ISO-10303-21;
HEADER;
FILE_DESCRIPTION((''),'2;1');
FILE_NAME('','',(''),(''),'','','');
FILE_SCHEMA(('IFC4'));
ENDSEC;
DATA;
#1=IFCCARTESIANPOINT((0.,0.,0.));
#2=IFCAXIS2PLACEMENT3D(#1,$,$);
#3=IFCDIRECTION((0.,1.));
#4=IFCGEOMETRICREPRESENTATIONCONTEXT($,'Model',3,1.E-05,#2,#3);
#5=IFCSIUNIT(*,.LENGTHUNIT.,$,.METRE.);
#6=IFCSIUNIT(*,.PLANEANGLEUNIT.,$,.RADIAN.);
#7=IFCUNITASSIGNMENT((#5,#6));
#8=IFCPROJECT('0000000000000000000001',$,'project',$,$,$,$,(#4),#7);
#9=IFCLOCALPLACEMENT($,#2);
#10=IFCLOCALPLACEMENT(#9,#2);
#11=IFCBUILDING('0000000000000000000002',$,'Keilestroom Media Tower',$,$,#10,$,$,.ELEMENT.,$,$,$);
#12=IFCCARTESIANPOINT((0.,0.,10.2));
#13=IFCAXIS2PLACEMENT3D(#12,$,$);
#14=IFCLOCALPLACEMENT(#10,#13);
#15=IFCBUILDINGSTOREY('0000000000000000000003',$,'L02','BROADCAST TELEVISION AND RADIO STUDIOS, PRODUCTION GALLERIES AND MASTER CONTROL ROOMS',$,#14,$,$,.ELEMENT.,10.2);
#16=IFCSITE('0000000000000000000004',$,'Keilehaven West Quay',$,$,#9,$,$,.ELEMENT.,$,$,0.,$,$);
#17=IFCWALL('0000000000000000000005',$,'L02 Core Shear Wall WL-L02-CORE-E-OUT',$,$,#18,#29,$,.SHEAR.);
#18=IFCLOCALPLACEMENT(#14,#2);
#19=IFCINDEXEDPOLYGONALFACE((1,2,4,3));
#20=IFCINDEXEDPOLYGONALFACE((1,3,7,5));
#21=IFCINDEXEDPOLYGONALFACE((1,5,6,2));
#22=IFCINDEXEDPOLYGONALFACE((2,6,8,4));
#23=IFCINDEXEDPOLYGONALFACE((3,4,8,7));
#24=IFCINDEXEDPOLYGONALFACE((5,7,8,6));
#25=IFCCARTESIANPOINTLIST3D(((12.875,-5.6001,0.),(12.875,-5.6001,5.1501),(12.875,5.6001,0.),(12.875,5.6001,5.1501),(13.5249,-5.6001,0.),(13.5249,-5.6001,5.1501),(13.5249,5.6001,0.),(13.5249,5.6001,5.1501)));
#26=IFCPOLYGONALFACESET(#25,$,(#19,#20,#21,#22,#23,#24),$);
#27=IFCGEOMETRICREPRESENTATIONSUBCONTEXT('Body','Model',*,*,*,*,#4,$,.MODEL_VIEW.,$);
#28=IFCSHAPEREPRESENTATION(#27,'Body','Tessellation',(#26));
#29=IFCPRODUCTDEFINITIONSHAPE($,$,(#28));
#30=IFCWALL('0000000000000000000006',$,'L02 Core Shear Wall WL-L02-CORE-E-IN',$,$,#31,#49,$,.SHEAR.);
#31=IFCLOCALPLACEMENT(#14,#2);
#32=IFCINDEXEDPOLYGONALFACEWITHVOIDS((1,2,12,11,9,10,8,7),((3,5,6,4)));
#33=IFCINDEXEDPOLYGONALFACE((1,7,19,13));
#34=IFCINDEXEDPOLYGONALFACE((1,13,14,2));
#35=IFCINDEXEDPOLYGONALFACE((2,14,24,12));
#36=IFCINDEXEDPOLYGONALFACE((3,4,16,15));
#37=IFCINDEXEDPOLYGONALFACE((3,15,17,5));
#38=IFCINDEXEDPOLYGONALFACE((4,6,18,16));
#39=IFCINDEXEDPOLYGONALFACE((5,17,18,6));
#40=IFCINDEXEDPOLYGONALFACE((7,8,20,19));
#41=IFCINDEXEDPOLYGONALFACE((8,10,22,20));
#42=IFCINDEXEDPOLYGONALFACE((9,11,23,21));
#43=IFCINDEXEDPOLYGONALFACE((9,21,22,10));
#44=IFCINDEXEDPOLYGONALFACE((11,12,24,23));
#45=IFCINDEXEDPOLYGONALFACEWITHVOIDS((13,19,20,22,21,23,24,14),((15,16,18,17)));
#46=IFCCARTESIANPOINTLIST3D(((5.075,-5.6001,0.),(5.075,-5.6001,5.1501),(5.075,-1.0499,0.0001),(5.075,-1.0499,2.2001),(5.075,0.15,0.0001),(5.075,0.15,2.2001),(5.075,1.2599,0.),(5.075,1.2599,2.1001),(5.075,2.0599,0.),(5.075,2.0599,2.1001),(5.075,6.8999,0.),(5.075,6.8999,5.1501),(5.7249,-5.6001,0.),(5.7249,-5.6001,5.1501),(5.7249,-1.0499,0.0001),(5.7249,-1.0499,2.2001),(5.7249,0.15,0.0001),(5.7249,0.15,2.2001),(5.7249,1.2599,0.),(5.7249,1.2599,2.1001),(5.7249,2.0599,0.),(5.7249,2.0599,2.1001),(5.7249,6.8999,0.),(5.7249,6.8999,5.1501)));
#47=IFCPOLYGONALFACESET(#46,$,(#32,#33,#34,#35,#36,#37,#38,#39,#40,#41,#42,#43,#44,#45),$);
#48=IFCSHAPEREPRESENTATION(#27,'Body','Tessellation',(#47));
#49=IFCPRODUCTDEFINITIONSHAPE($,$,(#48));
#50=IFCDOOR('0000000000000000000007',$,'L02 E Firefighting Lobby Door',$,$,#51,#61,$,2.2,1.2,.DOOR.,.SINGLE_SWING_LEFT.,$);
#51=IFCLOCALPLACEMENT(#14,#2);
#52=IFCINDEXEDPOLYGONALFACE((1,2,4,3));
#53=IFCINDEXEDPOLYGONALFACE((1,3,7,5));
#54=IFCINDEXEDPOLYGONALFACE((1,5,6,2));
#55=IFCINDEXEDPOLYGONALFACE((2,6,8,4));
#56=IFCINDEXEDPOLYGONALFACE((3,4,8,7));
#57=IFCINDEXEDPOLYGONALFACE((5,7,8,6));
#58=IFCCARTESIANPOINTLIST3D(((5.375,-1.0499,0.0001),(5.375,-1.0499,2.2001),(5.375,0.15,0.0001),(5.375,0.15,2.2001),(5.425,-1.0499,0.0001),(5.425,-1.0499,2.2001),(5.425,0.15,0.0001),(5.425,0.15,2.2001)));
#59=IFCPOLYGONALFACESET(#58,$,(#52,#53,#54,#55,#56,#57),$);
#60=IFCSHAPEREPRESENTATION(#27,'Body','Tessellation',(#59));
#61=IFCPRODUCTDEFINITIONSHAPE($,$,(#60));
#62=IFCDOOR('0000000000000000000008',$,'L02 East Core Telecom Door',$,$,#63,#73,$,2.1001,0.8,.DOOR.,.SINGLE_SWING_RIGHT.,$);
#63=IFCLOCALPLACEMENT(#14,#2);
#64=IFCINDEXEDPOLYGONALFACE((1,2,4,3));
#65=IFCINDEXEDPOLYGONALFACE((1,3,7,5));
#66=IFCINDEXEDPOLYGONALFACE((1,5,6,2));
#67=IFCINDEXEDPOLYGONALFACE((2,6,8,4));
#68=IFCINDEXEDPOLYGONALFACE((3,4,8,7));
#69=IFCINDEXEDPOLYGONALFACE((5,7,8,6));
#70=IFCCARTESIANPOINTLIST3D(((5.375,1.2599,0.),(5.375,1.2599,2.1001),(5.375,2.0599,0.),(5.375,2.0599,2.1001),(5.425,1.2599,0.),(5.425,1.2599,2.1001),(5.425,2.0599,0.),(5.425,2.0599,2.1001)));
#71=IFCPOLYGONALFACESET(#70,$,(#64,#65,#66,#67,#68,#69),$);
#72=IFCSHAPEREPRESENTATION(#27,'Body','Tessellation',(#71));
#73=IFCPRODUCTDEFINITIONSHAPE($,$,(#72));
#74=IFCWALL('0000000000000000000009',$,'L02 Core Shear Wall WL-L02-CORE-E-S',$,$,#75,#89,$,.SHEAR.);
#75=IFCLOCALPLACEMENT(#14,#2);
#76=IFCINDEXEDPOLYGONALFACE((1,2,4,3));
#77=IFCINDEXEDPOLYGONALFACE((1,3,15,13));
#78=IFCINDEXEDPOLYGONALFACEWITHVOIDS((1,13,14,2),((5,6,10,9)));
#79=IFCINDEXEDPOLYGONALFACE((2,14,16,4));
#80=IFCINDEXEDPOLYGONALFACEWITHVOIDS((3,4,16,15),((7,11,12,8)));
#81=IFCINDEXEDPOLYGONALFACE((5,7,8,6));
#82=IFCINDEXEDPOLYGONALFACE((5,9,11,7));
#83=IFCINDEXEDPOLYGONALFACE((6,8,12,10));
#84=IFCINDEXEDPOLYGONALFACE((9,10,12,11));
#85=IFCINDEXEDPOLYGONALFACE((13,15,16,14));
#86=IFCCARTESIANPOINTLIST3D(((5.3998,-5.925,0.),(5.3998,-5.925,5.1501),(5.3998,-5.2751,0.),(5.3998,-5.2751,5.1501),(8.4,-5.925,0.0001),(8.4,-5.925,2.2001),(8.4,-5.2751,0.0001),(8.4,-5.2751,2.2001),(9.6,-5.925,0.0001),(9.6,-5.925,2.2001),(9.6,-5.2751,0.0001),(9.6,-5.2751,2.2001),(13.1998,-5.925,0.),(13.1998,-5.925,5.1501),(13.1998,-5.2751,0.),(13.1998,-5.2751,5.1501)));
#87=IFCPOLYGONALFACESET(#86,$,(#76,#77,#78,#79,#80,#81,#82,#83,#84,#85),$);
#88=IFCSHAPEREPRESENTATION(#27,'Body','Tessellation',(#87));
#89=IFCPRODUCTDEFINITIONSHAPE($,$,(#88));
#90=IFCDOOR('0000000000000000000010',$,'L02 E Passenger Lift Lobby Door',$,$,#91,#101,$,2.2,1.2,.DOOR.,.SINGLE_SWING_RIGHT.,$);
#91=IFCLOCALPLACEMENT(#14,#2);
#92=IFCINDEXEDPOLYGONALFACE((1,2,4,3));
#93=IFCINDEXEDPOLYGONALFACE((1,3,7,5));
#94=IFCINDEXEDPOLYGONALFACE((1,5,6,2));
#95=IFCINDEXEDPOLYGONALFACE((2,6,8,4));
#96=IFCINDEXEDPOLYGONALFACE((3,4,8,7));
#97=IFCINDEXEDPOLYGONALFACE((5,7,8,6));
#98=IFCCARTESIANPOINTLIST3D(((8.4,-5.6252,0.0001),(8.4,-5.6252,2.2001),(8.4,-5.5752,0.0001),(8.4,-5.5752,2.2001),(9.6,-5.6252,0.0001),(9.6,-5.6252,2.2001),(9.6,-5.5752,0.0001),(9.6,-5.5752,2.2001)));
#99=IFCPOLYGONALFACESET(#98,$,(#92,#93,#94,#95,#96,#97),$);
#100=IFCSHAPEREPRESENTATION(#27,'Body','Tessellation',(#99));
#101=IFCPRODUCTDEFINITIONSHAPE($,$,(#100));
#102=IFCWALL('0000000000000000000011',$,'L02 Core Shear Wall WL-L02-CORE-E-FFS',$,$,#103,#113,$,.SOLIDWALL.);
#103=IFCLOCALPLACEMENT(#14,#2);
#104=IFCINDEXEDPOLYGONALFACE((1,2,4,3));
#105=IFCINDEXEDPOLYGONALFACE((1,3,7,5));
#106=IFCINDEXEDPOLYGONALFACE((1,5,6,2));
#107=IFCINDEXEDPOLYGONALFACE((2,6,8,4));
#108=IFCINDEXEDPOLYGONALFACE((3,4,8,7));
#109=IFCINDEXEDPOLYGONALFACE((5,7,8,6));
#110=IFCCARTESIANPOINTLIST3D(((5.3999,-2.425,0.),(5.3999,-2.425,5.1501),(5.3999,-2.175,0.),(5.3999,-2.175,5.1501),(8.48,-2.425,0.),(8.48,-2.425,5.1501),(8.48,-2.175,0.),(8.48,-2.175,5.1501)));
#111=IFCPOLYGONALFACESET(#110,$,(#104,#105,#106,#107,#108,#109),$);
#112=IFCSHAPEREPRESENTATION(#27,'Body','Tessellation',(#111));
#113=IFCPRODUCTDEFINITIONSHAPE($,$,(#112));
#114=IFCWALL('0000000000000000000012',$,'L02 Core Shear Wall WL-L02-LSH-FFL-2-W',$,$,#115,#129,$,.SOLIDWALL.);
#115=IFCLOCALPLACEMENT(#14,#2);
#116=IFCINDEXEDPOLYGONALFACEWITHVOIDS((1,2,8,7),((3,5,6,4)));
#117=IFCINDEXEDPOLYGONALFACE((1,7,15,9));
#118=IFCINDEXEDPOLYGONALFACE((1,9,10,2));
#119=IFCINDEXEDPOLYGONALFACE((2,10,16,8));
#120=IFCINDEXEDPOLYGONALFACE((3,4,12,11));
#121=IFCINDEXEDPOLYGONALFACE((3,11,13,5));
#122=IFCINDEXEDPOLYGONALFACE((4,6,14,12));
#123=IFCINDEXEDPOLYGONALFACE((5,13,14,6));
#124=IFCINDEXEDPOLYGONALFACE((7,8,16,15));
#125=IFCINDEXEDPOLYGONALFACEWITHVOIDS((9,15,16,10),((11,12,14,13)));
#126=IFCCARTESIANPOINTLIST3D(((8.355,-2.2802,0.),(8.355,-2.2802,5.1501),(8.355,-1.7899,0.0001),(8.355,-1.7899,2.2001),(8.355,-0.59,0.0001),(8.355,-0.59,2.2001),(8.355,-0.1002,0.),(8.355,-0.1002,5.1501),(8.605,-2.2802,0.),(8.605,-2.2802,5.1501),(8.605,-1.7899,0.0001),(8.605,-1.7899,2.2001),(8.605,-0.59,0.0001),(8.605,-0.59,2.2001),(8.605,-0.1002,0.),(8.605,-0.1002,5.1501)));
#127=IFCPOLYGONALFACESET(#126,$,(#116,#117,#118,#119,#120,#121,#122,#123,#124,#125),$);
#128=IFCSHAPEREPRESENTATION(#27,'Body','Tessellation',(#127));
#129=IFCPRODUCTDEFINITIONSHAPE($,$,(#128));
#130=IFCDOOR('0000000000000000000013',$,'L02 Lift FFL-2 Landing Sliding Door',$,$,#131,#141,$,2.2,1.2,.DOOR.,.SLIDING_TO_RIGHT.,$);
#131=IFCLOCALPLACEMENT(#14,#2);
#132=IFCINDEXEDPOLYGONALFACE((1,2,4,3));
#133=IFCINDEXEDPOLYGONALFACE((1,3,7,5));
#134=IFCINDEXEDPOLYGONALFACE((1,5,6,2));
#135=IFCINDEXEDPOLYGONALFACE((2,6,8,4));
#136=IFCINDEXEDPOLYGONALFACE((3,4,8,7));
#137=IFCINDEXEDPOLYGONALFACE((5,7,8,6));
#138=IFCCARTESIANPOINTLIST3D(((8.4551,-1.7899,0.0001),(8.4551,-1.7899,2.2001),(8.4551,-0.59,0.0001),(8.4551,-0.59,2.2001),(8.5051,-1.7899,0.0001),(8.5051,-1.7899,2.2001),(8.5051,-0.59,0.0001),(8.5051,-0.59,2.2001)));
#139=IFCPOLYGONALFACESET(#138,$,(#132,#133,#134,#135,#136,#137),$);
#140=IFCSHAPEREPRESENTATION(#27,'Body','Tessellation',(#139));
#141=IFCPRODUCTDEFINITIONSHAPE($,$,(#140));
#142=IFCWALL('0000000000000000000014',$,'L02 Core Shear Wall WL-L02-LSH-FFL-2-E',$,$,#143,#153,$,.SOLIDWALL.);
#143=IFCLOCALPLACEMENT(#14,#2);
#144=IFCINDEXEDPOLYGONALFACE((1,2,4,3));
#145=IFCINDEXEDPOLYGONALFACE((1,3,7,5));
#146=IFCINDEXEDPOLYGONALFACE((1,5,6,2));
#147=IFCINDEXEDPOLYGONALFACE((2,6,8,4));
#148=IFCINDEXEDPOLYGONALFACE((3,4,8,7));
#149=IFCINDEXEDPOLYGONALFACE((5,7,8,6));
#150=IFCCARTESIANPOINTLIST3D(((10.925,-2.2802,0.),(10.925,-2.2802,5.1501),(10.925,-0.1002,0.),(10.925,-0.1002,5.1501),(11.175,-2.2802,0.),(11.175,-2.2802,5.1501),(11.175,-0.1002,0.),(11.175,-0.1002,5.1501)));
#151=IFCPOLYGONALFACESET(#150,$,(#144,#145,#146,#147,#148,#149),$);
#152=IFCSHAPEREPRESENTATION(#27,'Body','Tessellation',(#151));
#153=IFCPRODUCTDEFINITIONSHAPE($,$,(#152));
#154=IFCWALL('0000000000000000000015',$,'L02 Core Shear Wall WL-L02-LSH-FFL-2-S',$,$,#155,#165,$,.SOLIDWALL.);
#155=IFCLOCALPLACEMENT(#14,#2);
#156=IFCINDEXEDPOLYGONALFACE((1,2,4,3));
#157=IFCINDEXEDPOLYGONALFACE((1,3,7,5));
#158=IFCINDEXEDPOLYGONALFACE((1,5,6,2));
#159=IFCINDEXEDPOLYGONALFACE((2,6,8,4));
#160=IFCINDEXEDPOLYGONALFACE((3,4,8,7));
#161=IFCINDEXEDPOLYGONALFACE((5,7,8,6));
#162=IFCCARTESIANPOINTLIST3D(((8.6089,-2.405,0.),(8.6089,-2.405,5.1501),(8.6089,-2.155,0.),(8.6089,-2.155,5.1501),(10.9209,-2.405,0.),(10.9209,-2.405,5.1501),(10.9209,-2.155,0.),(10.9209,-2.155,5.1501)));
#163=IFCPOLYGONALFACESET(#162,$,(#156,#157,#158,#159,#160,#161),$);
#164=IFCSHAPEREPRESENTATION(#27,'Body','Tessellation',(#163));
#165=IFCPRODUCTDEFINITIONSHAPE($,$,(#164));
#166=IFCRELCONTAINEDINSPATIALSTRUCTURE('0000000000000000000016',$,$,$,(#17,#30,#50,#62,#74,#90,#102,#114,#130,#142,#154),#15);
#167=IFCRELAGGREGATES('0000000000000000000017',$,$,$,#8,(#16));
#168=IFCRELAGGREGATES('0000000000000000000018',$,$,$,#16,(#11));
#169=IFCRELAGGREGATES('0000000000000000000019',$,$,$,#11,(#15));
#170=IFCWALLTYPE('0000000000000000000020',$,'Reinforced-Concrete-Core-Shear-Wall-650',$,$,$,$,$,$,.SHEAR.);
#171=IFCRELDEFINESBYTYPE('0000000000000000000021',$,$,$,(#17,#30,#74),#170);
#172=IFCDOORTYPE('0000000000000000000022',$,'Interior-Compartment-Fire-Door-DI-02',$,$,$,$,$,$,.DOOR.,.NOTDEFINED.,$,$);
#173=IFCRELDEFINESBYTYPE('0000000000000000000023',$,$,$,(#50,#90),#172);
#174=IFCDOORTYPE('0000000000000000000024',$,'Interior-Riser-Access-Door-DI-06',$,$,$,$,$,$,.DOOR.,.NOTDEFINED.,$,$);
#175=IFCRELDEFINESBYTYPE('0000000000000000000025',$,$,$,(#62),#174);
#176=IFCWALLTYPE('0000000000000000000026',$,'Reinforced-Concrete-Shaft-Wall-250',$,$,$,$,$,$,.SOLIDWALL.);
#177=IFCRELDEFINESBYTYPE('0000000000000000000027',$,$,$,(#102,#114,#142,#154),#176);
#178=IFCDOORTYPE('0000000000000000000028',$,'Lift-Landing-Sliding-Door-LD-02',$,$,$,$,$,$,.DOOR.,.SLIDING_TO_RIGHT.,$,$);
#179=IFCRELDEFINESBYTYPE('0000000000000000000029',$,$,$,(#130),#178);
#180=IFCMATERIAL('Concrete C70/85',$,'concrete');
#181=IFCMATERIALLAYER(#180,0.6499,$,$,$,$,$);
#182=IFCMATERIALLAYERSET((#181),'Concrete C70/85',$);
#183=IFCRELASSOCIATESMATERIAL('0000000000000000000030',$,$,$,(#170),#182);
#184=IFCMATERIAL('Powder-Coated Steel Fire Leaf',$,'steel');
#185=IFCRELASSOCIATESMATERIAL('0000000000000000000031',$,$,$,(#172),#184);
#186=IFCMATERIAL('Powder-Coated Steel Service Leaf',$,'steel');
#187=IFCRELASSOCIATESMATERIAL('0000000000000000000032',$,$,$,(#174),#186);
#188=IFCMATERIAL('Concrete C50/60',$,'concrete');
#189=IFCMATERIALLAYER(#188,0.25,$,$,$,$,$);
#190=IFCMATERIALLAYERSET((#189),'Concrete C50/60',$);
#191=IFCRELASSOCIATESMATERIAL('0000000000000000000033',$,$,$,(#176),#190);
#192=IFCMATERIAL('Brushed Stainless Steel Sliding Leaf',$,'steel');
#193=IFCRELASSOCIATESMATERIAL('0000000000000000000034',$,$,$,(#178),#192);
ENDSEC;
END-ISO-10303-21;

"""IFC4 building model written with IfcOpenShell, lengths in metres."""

from ifc_helpers import new_model, si_unit, direction, frame, frame_2d, origin, place, context, subcontext, project, spatial, rectangle, extrude, source, transform, mapped, material, layer, layer_set, type_object, element, fill, save


model = new_model("IFC4")

# Units and contexts
model_context = context("Model", 3, precision=1e-05, world=origin(), true_north=direction((0.0, 1.0)))
body_context = subcontext(model_context, "Body", "Model", "MODEL_VIEW")
ifc_project = project(units=[si_unit("LENGTHUNIT", "METRE"), si_unit("PLANEANGLEUNIT", "RADIAN")], contexts=[model_context])

# Site, building, storey
site_placement = place(None, origin())
site = spatial("IfcSite", under=ifc_project, at=site_placement, Name="Keilehaven West Quay", CompositionType="ELEMENT", RefElevation=0.0)
building_placement = place(site_placement, origin())
building = spatial("IfcBuilding", under=site, at=building_placement, Name="Keilestroom Media Tower", CompositionType="ELEMENT")
storey_placement = place(building_placement, frame((0.0, 0.0, 10.2)))
storey = spatial("IfcBuildingStorey", under=building, at=storey_placement, Name="L02", Description="BROADCAST TELEVISION AND RADIO STUDIOS, PRODUCTION GALLERIES AND MASTER CONTROL ROOMS", CompositionType="ELEMENT", Elevation=10.2)

# Shared definitions
ifc_material_1 = material(Name="Concrete C70/85", Category="concrete")

# Wall
ifc_layer_1 = layer(ifc_material_1, 0.6499)
ifc_layer_set_1 = layer_set([ifc_layer_1], Name="Concrete C70/85")
wall_type_1 = type_object("IfcWallType", Name="Reinforced-Concrete-Core-Shear-Wall-650", PredefinedType="SHEAR", material=ifc_layer_set_1)
wall_1_placement = place(storey_placement, frame((13.2, -5.6001, 0.0), z_axis=(0.0, 0.0, 1.0), x_axis=(0.0, 1.0, 0.0)))
element("IfcWall", 1, at=wall_1_placement, inside=storey, type_object=wall_type_1, Name="L02 Core Shear Wall WL-L02-CORE-E-OUT", PredefinedType="SHEAR", context=body_context, shape_type="SweptSolid", body=[
    extrude(rectangle(XDim=11.2002, YDim=0.6499, at=frame_2d((5.6001, 0.0))), origin(), (0.0, 0.0, 1.0), 5.1501),
])

# Wall, openings, doors
wall_2_placement = place(storey_placement, frame((5.3999, -5.6001, 0.0), z_axis=(0.0, 0.0, 1.0), x_axis=(0.0, 1.0, 0.0)))
wall_2 = element("IfcWall", 2, at=wall_2_placement, inside=storey, type_object=wall_type_1, Name="L02 Core Shear Wall WL-L02-CORE-E-IN", PredefinedType="SHEAR", context=body_context, shape_type="SweptSolid", body=[
    extrude(rectangle(XDim=12.5, YDim=0.6499, at=frame_2d((6.25, 0.0))), origin(), (0.0, 0.0, 1.0), 5.1501),
])
opening_1_placement = place(wall_2_placement, frame((4.55, 0.0, 0.0)))
opening_1 = element("IfcOpeningElement", 3, at=opening_1_placement, cuts=wall_2, PredefinedType="OPENING", context=body_context, shape_type="SweptSolid", body=[
    extrude(rectangle(XDim=1.2, YDim=2.2, at=frame_2d((0.6001, 1.1001))), frame((0.0, 0.335, 0.0), z_axis=(0.0, -1.0, 0.0), x_axis=(1.0, 0.0, 0.0)), (0.0, 0.0, 1.0), 0.6699),
])
opening_2_placement = place(wall_2_placement, frame((6.8601, 0.0, 0.0)))
opening_2 = element("IfcOpeningElement", 4, at=opening_2_placement, cuts=wall_2, PredefinedType="OPENING", context=body_context, shape_type="SweptSolid", body=[
    extrude(rectangle(XDim=0.8, YDim=2.1001, at=frame_2d((0.3999, 1.05))), frame((0.0, 0.335, 0.0), z_axis=(0.0, -1.0, 0.0), x_axis=(1.0, 0.0, 0.0)), (0.0, 0.0, 1.0), 0.6699),
])
ifc_material_2 = material(Name="Powder-Coated Steel Fire Leaf", Category="steel")
door_type_1 = type_object("IfcDoorType", Name="Interior-Compartment-Fire-Door-DI-02", OperationType="NOTDEFINED", PredefinedType="DOOR", material=ifc_material_2)
shared_shape_1 = source(origin(), body_context, "Body", "SweptSolid", [
    extrude(rectangle(XDim=1.2, YDim=2.2, at=frame_2d((0.6001, 1.1001))), frame((0.0, 0.0249, 0.0), z_axis=(0.0, -1.0, 0.0), x_axis=(1.0, 0.0, 0.0)), (0.0, 0.0, 1.0), 0.05),
])
door_1_placement = place(opening_1_placement, origin())
door_1 = element("IfcDoor", 5, at=door_1_placement, inside=storey, type_object=door_type_1, Name="L02 E Firefighting Lobby Door", OperationType="SINGLE_SWING_LEFT", OverallHeight=2.2, OverallWidth=1.2, PredefinedType="DOOR", context=body_context, shape_type="MappedRepresentation", body=[
    mapped(shared_shape_1, transform((0.0, 0.0, 0.0), x_axis=(1.0, 0.0, 0.0), y_axis=(0.0, 1.0, 0.0), z_axis=(0.0, 0.0, 1.0), scale=1.0)),
])
fill(opening_1, door_1)
ifc_material_3 = material(Name="Powder-Coated Steel Service Leaf", Category="steel")
door_type_2 = type_object("IfcDoorType", Name="Interior-Riser-Access-Door-DI-06", OperationType="NOTDEFINED", PredefinedType="DOOR", material=ifc_material_3)
shared_shape_2 = source(origin(), body_context, "Body", "SweptSolid", [
    extrude(rectangle(XDim=0.8, YDim=2.1001, at=frame_2d((0.3999, 1.05))), frame((0.0, 0.0249, 0.0), z_axis=(0.0, -1.0, 0.0), x_axis=(1.0, 0.0, 0.0)), (0.0, 0.0, 1.0), 0.05),
])
door_2_placement = place(opening_2_placement, origin())
door_2 = element("IfcDoor", 6, at=door_2_placement, inside=storey, type_object=door_type_2, Name="L02 East Core Telecom Door", OperationType="SINGLE_SWING_RIGHT", OverallHeight=2.1001, OverallWidth=0.8, PredefinedType="DOOR", context=body_context, shape_type="MappedRepresentation", body=[
    mapped(shared_shape_2, transform((0.0, 0.0, 0.0), x_axis=(1.0, 0.0, 0.0), y_axis=(0.0, 1.0, 0.0), z_axis=(0.0, 0.0, 1.0), scale=1.0)),
])
fill(opening_2, door_2)

# Wall, opening, door
wall_3_placement = place(storey_placement, frame((5.3999, -5.6001, 0.0), z_axis=(0.0, 0.0, 1.0), x_axis=(1.0, 0.0, 0.0)))
wall_3 = element("IfcWall", 7, at=wall_3_placement, inside=storey, type_object=wall_type_1, Name="L02 Core Shear Wall WL-L02-CORE-E-S", PredefinedType="SHEAR", context=body_context, shape_type="SweptSolid", body=[
    extrude(rectangle(XDim=7.8, YDim=0.6499, at=frame_2d((3.8999, 0.0))), origin(), (0.0, 0.0, 1.0), 5.1501),
])
opening_3_placement = place(wall_3_placement, frame((3.0, 0.0, 0.0)))
opening_3 = element("IfcOpeningElement", 8, at=opening_3_placement, cuts=wall_3, PredefinedType="OPENING", context=body_context, shape_type="SweptSolid", body=[
    extrude(rectangle(XDim=1.2, YDim=2.2, at=frame_2d((0.6001, 1.1001))), frame((0.0, 0.335, 0.0), z_axis=(0.0, -1.0, 0.0), x_axis=(1.0, 0.0, 0.0)), (0.0, 0.0, 1.0), 0.6699),
])
door_3_placement = place(opening_3_placement, origin())
door_3 = element("IfcDoor", 9, at=door_3_placement, inside=storey, type_object=door_type_1, Name="L02 E Passenger Lift Lobby Door", OperationType="SINGLE_SWING_RIGHT", OverallHeight=2.2, OverallWidth=1.2, PredefinedType="DOOR", context=body_context, shape_type="MappedRepresentation", body=[
    mapped(shared_shape_1, transform((0.0, 0.0, 0.0), x_axis=(1.0, 0.0, 0.0), y_axis=(0.0, 1.0, 0.0), z_axis=(0.0, 0.0, 1.0), scale=1.0)),
])
fill(opening_3, door_3)

# Wall
ifc_material_4 = material(Name="Concrete C50/60", Category="concrete")
ifc_layer_2 = layer(ifc_material_4, 0.25)
ifc_layer_set_2 = layer_set([ifc_layer_2], Name="Concrete C50/60")
wall_type_2 = type_object("IfcWallType", Name="Reinforced-Concrete-Shaft-Wall-250", PredefinedType="SOLIDWALL", material=ifc_layer_set_2)
wall_4_placement = place(storey_placement, frame((5.3999, -2.3, 0.0), z_axis=(0.0, 0.0, 1.0), x_axis=(1.0, 0.0, 0.0)))
element("IfcWall", 10, at=wall_4_placement, inside=storey, type_object=wall_type_2, Name="L02 Core Shear Wall WL-L02-CORE-E-FFS", PredefinedType="SOLIDWALL", context=body_context, shape_type="SweptSolid", body=[
    extrude(rectangle(XDim=3.0801, YDim=0.25, at=frame_2d((1.54, 0.0))), origin(), (0.0, 0.0, 1.0), 5.1501),
])

# Wall, opening, door
wall_5_placement = place(storey_placement, frame((8.48, -2.28, 0.0), z_axis=(0.0, 0.0, 1.0), x_axis=(0.0, 1.0, 0.0)))
wall_5 = element("IfcWall", 11, at=wall_5_placement, inside=storey, type_object=wall_type_2, Name="L02 Core Shear Wall WL-L02-LSH-FFL-2-W", PredefinedType="SOLIDWALL", context=body_context, shape_type="SweptSolid", body=[
    extrude(rectangle(XDim=2.1799, YDim=0.25, at=frame_2d((1.0898, 0.0))), origin(), (0.0, 0.0, 1.0), 5.1501),
])
opening_4_placement = place(wall_5_placement, frame((0.49, 0.0, 0.0)))
opening_4 = element("IfcOpeningElement", 12, at=opening_4_placement, cuts=wall_5, PredefinedType="OPENING", context=body_context, shape_type="SweptSolid", body=[
    extrude(rectangle(XDim=1.2, YDim=2.2, at=frame_2d((0.6001, 1.1001))), frame((0.0, 0.135, 0.0), z_axis=(0.0, -1.0, 0.0), x_axis=(1.0, 0.0, 0.0)), (0.0, 0.0, 1.0), 0.27),
])
ifc_material_5 = material(Name="Brushed Stainless Steel Sliding Leaf", Category="steel")
door_type_3 = type_object("IfcDoorType", Name="Lift-Landing-Sliding-Door-LD-02", OperationType="SLIDING_TO_RIGHT", PredefinedType="DOOR", material=ifc_material_5)
door_4_placement = place(opening_4_placement, origin())
door_4 = element("IfcDoor", 13, at=door_4_placement, inside=storey, type_object=door_type_3, Name="L02 Lift FFL-2 Landing Sliding Door", OperationType="SLIDING_TO_RIGHT", OverallHeight=2.2, OverallWidth=1.2, PredefinedType="DOOR", context=body_context, shape_type="MappedRepresentation", body=[
    mapped(shared_shape_1, transform((0.0, 0.0, 0.0), x_axis=(1.0, 0.0, 0.0), y_axis=(0.0, 1.0, 0.0), z_axis=(0.0, 0.0, 1.0), scale=1.0)),
])
fill(opening_4, door_4)

# Walls
wall_6_placement = place(storey_placement, frame((11.05, -2.28, 0.0), z_axis=(0.0, 0.0, 1.0), x_axis=(0.0, 1.0, 0.0)))
element("IfcWall", 14, at=wall_6_placement, inside=storey, type_object=wall_type_2, Name="L02 Core Shear Wall WL-L02-LSH-FFL-2-E", PredefinedType="SOLIDWALL", context=body_context, shape_type="SweptSolid", body=[
    extrude(rectangle(XDim=2.1799, YDim=0.25, at=frame_2d((1.0898, 0.0))), origin(), (0.0, 0.0, 1.0), 5.1501),
])
wall_7_placement = place(storey_placement, frame((8.6089, -2.28, 0.0), z_axis=(0.0, 0.0, 1.0), x_axis=(1.0, 0.0, 0.0)))
element("IfcWall", 15, at=wall_7_placement, inside=storey, type_object=wall_type_2, Name="L02 Core Shear Wall WL-L02-LSH-FFL-2-S", PredefinedType="SOLIDWALL", context=body_context, shape_type="SweptSolid", body=[
    extrude(rectangle(XDim=2.312, YDim=0.25, at=frame_2d((1.156, 0.0))), origin(), (0.0, 0.0, 1.0), 5.1501),
])

save(model, "model.ifc")
